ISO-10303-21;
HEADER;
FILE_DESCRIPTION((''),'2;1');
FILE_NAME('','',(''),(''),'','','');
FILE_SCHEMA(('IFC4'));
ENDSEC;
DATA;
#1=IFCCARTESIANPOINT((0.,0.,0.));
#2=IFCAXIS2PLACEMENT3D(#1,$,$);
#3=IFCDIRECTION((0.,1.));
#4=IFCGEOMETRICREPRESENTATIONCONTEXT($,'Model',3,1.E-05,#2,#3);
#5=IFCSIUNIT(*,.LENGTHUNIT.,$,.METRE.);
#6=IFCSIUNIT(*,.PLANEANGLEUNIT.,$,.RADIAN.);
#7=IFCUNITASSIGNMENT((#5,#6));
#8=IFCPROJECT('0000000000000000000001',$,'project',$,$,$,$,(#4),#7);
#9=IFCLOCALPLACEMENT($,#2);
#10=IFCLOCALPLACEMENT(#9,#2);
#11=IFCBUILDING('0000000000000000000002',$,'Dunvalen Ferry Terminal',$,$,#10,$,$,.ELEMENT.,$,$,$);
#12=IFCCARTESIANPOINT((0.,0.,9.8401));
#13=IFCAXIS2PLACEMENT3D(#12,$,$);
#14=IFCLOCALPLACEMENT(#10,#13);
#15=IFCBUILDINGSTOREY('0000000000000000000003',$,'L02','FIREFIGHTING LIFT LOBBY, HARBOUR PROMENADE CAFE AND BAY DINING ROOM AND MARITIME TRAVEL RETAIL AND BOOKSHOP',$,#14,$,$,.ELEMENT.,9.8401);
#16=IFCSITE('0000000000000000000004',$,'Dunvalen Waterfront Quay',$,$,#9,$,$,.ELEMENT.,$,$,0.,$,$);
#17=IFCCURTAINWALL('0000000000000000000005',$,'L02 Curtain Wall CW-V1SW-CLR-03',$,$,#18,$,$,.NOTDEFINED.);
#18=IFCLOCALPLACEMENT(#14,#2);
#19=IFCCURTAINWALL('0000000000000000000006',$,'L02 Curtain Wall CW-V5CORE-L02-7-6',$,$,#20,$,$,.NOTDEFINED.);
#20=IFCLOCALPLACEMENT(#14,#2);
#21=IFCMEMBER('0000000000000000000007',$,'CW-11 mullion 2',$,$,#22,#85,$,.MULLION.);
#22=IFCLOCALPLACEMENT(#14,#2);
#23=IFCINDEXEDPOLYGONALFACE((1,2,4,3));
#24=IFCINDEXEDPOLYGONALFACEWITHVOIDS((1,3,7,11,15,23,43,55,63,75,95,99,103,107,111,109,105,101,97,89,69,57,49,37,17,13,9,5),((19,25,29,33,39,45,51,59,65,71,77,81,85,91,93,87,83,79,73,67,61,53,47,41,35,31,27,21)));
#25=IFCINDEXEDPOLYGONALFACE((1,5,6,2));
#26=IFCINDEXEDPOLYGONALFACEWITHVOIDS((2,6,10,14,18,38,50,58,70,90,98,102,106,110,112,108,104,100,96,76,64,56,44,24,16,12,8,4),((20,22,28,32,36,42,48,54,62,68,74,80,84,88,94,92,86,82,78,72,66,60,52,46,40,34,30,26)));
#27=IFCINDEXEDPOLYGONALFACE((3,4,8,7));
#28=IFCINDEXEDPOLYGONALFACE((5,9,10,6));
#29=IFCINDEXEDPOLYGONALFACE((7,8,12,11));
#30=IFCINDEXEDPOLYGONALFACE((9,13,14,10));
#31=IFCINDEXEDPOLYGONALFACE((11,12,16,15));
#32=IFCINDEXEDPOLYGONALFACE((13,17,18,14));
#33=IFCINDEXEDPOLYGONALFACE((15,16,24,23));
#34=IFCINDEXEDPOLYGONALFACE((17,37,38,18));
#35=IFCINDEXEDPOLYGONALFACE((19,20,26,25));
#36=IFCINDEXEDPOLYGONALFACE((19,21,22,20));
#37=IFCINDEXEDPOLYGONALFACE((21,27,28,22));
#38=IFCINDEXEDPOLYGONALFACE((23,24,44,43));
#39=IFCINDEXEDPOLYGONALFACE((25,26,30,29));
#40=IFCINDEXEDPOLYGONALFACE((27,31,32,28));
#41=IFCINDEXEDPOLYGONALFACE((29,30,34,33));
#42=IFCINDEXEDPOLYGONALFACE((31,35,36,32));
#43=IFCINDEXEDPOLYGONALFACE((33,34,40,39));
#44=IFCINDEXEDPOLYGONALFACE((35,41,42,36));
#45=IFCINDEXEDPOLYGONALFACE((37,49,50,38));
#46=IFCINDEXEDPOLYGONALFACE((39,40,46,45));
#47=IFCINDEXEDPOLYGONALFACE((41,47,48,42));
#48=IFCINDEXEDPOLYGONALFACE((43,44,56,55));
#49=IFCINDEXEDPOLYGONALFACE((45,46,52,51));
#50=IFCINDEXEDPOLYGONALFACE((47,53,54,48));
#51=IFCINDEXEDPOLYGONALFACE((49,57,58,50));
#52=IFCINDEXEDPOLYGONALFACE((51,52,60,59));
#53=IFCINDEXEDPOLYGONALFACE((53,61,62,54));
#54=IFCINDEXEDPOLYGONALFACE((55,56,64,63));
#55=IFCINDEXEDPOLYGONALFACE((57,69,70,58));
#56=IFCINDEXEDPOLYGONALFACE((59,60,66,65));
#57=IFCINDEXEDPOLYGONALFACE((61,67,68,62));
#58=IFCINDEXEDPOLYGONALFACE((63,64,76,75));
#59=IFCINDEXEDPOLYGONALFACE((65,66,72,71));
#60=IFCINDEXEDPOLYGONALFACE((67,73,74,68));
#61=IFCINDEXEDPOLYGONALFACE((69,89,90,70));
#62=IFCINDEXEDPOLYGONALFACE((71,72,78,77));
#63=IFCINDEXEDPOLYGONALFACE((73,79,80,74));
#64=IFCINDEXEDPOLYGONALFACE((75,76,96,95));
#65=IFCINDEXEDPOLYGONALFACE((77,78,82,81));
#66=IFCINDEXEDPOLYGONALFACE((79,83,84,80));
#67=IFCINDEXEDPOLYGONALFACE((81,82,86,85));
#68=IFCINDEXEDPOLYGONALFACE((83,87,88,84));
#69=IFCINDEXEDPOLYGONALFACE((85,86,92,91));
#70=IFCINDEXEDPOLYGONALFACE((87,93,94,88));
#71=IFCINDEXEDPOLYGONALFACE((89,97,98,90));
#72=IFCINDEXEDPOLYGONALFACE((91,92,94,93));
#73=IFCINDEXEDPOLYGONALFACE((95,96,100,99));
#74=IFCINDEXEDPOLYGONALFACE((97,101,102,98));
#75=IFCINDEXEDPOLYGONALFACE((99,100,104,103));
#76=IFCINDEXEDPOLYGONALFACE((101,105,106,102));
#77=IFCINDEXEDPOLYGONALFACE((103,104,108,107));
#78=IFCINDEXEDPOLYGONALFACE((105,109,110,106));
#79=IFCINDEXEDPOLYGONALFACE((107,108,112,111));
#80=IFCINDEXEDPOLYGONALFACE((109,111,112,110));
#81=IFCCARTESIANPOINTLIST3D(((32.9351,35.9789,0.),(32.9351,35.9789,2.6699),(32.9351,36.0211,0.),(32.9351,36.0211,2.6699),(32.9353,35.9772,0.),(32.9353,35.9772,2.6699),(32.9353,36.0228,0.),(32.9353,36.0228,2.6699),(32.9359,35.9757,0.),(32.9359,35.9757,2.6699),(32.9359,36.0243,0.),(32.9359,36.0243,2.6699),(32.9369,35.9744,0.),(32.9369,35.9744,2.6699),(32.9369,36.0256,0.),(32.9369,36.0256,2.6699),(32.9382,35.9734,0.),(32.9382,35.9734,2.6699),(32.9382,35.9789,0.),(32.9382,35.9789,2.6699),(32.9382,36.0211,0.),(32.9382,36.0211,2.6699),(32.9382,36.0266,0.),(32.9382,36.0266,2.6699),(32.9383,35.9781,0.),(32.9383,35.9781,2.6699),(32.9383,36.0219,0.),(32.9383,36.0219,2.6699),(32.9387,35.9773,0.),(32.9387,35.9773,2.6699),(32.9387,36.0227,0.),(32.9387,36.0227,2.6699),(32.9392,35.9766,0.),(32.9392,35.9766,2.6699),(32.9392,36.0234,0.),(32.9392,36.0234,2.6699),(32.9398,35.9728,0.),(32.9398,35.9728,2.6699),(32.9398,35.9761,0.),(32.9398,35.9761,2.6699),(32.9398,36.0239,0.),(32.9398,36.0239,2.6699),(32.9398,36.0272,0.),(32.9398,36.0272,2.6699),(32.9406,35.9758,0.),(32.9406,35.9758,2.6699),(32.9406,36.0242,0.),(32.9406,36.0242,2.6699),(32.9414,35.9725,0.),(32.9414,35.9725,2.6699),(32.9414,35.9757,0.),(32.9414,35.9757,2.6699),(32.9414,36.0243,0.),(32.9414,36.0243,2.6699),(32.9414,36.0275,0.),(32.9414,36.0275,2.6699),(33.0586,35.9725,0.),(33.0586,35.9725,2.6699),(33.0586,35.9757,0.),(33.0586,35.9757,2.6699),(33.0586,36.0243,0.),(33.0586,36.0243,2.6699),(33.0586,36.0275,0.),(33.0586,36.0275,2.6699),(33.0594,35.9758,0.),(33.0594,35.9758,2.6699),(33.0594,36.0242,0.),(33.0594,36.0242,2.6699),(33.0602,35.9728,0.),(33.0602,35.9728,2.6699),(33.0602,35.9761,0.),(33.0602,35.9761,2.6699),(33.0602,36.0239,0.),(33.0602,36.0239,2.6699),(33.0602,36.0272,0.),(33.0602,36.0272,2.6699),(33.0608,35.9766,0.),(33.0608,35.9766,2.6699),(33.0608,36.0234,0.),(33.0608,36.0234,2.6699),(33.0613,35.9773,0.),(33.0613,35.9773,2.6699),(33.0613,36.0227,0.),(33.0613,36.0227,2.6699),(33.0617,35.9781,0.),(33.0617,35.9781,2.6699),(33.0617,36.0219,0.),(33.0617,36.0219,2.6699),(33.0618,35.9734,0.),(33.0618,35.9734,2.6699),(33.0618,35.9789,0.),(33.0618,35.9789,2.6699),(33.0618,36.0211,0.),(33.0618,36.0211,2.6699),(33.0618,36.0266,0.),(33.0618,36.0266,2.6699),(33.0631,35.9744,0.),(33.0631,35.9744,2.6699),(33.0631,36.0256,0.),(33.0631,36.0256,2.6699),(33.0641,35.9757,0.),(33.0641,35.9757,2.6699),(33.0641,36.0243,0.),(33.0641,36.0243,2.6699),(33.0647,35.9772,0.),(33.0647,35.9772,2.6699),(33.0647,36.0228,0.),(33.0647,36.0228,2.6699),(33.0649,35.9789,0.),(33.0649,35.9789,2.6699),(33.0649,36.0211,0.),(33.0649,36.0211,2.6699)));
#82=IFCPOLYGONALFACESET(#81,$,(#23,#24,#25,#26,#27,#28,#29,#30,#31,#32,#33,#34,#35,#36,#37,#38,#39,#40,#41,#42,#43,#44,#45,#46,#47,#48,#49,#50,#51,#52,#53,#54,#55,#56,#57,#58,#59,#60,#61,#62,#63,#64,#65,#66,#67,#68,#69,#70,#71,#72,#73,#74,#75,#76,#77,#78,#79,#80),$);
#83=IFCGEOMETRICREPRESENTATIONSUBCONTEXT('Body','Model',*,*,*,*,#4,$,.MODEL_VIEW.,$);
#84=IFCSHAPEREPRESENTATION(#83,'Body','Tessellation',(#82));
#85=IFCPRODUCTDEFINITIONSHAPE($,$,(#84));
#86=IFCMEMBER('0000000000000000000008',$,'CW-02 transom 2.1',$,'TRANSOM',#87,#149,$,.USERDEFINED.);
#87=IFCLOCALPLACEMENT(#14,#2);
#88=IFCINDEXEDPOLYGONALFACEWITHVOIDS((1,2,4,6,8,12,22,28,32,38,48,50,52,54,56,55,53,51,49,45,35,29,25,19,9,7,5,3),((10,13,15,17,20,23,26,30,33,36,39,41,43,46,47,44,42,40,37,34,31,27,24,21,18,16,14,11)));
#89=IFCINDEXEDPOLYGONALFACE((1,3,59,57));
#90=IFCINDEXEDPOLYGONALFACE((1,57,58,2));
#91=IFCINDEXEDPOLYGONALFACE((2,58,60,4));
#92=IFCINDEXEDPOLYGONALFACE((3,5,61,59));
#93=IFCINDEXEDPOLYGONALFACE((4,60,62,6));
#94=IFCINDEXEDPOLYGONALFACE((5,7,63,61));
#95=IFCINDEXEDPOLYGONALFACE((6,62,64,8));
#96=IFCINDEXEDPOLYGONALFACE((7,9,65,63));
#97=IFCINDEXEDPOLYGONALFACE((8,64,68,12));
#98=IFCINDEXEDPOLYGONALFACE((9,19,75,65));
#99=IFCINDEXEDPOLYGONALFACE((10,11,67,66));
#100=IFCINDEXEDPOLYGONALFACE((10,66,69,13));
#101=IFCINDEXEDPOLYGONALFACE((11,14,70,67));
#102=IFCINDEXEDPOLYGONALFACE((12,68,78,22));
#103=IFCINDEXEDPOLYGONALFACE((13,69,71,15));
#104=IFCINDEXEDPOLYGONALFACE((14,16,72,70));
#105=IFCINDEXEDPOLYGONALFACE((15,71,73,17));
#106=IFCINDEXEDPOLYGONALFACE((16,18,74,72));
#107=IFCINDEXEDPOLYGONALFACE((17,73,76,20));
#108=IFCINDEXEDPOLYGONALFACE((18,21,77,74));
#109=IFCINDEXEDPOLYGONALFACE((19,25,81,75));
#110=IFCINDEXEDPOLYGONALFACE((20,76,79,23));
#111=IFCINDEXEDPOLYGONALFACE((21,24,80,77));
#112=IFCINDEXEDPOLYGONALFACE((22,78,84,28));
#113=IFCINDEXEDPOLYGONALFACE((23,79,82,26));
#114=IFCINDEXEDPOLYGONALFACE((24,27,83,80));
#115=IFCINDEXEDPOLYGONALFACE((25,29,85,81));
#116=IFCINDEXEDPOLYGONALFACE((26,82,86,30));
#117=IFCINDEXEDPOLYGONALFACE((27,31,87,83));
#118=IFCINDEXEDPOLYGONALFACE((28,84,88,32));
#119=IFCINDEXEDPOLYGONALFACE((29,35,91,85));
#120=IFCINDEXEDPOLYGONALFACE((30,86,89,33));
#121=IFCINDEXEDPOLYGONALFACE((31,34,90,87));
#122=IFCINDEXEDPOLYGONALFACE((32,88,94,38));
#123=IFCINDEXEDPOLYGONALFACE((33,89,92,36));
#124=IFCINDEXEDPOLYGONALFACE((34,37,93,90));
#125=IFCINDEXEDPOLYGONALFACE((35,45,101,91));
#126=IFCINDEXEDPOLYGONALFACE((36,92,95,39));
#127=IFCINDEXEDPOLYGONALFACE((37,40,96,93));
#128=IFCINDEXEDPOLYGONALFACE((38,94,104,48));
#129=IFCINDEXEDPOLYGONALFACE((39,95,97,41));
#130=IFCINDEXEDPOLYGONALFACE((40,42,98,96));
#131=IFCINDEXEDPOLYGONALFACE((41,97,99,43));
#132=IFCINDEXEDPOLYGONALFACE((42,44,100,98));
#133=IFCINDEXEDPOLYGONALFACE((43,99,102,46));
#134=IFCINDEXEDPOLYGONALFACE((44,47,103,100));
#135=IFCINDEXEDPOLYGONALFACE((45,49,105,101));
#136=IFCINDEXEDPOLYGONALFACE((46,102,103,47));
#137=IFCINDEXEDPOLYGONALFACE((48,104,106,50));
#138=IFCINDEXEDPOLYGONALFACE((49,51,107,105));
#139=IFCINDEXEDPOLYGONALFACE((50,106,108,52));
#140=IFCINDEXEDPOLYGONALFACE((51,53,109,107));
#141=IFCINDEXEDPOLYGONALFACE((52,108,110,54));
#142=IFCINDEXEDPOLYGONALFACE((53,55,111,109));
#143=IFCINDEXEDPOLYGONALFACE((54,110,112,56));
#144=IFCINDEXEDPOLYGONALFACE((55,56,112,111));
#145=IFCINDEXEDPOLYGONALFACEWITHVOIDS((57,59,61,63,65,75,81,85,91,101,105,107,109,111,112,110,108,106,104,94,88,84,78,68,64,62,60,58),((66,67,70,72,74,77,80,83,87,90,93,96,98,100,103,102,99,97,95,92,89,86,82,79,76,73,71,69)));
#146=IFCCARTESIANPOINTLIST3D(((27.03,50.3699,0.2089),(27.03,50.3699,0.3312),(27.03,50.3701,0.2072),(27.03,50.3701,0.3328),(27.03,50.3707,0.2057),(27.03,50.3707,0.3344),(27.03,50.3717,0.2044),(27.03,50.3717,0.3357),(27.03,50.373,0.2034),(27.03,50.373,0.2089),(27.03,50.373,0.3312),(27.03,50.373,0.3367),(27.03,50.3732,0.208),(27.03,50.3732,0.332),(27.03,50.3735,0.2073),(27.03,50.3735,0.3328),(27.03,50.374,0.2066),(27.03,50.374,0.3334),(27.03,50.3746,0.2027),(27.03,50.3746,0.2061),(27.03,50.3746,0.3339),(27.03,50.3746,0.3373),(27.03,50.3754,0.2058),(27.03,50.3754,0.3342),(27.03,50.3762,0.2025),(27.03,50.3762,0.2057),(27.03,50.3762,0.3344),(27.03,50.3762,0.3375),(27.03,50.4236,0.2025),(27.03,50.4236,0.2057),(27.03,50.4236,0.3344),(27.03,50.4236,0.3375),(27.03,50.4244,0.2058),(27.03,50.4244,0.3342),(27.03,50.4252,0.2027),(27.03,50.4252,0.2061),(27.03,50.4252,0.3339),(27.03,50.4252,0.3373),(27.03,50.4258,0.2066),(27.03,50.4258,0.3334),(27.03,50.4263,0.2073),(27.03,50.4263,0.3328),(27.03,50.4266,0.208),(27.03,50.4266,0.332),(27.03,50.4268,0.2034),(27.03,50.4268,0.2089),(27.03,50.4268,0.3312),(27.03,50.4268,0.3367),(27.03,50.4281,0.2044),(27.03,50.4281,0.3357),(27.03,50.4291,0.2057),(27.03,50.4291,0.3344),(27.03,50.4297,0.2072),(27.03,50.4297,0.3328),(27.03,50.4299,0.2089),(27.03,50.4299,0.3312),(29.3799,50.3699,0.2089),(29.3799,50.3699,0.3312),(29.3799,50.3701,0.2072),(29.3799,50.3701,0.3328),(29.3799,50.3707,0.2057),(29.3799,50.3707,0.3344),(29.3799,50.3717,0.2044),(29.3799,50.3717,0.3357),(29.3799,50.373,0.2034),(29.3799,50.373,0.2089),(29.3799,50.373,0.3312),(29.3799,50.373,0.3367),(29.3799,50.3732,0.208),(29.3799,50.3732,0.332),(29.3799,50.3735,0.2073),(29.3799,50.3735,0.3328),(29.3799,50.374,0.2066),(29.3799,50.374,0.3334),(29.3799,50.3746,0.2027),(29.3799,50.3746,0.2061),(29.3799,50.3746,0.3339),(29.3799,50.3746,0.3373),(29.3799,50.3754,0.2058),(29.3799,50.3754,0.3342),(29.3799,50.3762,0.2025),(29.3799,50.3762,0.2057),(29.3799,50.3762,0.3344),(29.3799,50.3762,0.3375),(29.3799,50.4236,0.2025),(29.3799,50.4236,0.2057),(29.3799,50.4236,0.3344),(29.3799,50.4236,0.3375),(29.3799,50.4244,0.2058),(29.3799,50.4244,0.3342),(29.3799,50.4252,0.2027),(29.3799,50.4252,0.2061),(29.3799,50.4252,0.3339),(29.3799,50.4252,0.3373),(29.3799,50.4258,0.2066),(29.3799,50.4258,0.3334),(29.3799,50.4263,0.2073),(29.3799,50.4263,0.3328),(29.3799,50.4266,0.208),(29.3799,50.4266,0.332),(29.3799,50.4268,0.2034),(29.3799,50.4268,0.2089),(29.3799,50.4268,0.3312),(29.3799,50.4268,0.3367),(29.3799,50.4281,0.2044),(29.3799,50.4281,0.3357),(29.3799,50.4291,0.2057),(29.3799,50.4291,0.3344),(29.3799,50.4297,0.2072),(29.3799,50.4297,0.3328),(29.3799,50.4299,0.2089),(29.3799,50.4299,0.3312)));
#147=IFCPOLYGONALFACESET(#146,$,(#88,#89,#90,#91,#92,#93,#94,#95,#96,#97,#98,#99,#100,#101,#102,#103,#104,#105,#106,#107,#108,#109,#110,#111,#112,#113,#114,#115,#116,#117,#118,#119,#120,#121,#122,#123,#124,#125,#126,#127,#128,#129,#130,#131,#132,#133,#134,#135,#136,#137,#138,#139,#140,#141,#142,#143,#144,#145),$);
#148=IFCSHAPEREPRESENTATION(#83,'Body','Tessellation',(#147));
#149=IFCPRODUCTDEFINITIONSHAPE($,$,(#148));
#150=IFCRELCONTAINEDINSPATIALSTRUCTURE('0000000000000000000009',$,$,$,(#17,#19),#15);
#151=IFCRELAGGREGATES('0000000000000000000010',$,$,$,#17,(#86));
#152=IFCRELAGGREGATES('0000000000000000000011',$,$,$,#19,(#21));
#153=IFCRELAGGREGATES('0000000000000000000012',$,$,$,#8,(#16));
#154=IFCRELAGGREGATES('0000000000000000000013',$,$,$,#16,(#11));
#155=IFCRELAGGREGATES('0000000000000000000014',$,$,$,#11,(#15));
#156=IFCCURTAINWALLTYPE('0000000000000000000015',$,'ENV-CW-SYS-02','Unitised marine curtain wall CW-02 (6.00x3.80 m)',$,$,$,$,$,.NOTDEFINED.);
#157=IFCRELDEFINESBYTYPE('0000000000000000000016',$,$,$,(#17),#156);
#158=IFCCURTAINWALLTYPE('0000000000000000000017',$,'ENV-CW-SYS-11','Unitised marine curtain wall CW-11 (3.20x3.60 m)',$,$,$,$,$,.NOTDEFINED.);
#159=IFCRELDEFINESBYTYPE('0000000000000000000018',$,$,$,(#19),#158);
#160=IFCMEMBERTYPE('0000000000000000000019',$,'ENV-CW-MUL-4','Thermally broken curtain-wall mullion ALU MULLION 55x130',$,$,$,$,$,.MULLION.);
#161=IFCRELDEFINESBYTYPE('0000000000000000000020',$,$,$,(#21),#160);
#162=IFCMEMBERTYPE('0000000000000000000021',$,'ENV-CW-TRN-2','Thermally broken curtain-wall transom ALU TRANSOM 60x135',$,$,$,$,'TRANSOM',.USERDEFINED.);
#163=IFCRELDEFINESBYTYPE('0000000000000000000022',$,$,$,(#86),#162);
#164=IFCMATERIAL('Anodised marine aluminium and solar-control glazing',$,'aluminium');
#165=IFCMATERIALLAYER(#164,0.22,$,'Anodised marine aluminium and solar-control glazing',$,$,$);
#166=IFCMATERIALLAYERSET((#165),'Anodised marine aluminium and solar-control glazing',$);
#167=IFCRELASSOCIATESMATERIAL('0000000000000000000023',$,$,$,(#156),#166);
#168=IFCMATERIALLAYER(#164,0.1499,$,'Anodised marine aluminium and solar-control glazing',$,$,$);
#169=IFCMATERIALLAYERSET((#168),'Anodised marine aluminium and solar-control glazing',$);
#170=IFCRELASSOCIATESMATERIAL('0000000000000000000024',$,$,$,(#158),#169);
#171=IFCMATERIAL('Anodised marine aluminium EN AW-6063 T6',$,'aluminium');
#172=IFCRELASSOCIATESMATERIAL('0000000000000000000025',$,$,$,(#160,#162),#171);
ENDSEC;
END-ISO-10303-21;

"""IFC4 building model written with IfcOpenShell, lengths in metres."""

from ifc_helpers import new_model, si_unit, direction, frame, origin, origin_2d, place, context, subcontext, project, spatial, hollow_rectangle, extrude, material, layer, layer_set, material_profile, profile_set, type_object, element, aggregate, save


model = new_model("IFC4")

# Units and contexts
model_context = context("Model", 3, precision=1e-05, world=origin(), true_north=direction((0.0, 1.0)))
body_context = subcontext(model_context, "Body", "Model", "MODEL_VIEW")
ifc_project = project(units=[si_unit("LENGTHUNIT", "METRE"), si_unit("PLANEANGLEUNIT", "RADIAN")], contexts=[model_context])

# Site, building, storey
site_placement = place(None, origin())
site = spatial("IfcSite", under=ifc_project, at=site_placement, Name="Dunvalen Waterfront Quay", CompositionType="ELEMENT", RefElevation=0.0)
building_placement = place(site_placement, origin())
building = spatial("IfcBuilding", under=site, at=building_placement, Name="Dunvalen Ferry Terminal", CompositionType="ELEMENT")
storey_placement = place(building_placement, frame((0.0, 0.0, 9.8401)))
storey = spatial("IfcBuildingStorey", under=building, at=storey_placement, Name="L02", Description="FIREFIGHTING LIFT LOBBY, HARBOUR PROMENADE CAFE AND BAY DINING ROOM AND MARITIME TRAVEL RETAIL AND BOOKSHOP", CompositionType="ELEMENT", Elevation=9.8401)

# Curtain wall
ifc_material_1 = material(Name="Anodised marine aluminium and solar-control glazing", Category="aluminium")
ifc_layer_1 = layer(ifc_material_1, 0.22, Name="Anodised marine aluminium and solar-control glazing")
ifc_layer_set_1 = layer_set([ifc_layer_1], Name="Anodised marine aluminium and solar-control glazing")
curtain_wall_type_1 = type_object("IfcCurtainWallType", Name="ENV-CW-SYS-02", Description="Unitised marine curtain wall CW-02 (6.00x3.80 m)", PredefinedType="NOTDEFINED", material=ifc_layer_set_1)
curtain_wall_1_placement = place(storey_placement, origin())
curtain_wall_1 = element("IfcCurtainWall", 1, at=curtain_wall_1_placement, inside=storey, type_object=curtain_wall_type_1, Name="L02 Curtain Wall CW-V1SW-CLR-03", PredefinedType="NOTDEFINED")
ifc_material_2 = material(Name="Anodised marine aluminium EN AW-6063 T6", Category="aluminium")

# Curtain wall, member
ifc_layer_2 = layer(ifc_material_1, 0.1499, Name="Anodised marine aluminium and solar-control glazing")
ifc_layer_set_2 = layer_set([ifc_layer_2], Name="Anodised marine aluminium and solar-control glazing")
curtain_wall_type_2 = type_object("IfcCurtainWallType", Name="ENV-CW-SYS-11", Description="Unitised marine curtain wall CW-11 (3.20x3.60 m)", PredefinedType="NOTDEFINED", material=ifc_layer_set_2)
curtain_wall_2_placement = place(storey_placement, origin())
curtain_wall_2 = element("IfcCurtainWall", 2, at=curtain_wall_2_placement, inside=storey, type_object=curtain_wall_type_2, Name="L02 Curtain Wall CW-V5CORE-L02-7-6", PredefinedType="NOTDEFINED")
ifc_material_profile_1 = material_profile(ifc_material_2, hollow_rectangle(XDim=0.0549, YDim=0.1299, WallThickness=0.0032, InnerFilletRadius=0.0032, OuterFilletRadius=0.0063, at=origin_2d()), Name="Anodised marine aluminium EN AW-6063 T6")
ifc_profile_set_1 = profile_set([ifc_material_profile_1], Name="Anodised marine aluminium EN AW-6063 T6")
member_type_1 = type_object("IfcMemberType", Name="ENV-CW-MUL-4", Description="Thermally broken curtain-wall mullion ALU MULLION 55x130", PredefinedType="MULLION", material=ifc_profile_set_1)
member_1_placement = place(storey_placement, frame((33.0, 36.0, 0.0), z_axis=(0.0, 0.0, 1.0), x_axis=(0.0, -1.0, 0.0)))
member_1 = element("IfcMember", 3, at=member_1_placement, type_object=member_type_1, Name="CW-11 mullion 2", PredefinedType="MULLION", context=body_context, shape_type="SweptSolid", body=[
    extrude(hollow_rectangle(XDim=0.0549, YDim=0.1299, WallThickness=0.0032, InnerFilletRadius=0.0032, OuterFilletRadius=0.0063, at=origin_2d()), origin(), (0.0, 0.0, 1.0), 2.6699),
])

# Member
ifc_material_profile_2 = material_profile(ifc_material_2, hollow_rectangle(XDim=0.0601, YDim=0.135, WallThickness=0.0032, InnerFilletRadius=0.0032, OuterFilletRadius=0.0063, at=origin_2d()), Name="Anodised marine aluminium EN AW-6063 T6")
ifc_profile_set_2 = profile_set([ifc_material_profile_2], Name="Anodised marine aluminium EN AW-6063 T6")
member_type_2 = type_object("IfcMemberType", Name="ENV-CW-TRN-2", Description="Thermally broken curtain-wall transom ALU TRANSOM 60x135", ElementType="TRANSOM", PredefinedType="USERDEFINED", material=ifc_profile_set_2)
member_2_placement = place(storey_placement, frame((27.03, 50.3999, 0.27), z_axis=(1.0, 0.0, 0.0), x_axis=(0.0, 1.0, 0.0)))
member_2 = element("IfcMember", 4, at=member_2_placement, type_object=member_type_2, Name="CW-02 transom 2.1", ObjectType="TRANSOM", PredefinedType="USERDEFINED", context=body_context, shape_type="SweptSolid", body=[
    extrude(hollow_rectangle(XDim=0.0601, YDim=0.135, WallThickness=0.0032, InnerFilletRadius=0.0032, OuterFilletRadius=0.0063, at=origin_2d()), origin(), (0.0, 0.0, 1.0), 2.3499),
])
aggregate(curtain_wall_1, [member_2])

aggregate(curtain_wall_2, [member_1])

save(model, "model.ifc")
